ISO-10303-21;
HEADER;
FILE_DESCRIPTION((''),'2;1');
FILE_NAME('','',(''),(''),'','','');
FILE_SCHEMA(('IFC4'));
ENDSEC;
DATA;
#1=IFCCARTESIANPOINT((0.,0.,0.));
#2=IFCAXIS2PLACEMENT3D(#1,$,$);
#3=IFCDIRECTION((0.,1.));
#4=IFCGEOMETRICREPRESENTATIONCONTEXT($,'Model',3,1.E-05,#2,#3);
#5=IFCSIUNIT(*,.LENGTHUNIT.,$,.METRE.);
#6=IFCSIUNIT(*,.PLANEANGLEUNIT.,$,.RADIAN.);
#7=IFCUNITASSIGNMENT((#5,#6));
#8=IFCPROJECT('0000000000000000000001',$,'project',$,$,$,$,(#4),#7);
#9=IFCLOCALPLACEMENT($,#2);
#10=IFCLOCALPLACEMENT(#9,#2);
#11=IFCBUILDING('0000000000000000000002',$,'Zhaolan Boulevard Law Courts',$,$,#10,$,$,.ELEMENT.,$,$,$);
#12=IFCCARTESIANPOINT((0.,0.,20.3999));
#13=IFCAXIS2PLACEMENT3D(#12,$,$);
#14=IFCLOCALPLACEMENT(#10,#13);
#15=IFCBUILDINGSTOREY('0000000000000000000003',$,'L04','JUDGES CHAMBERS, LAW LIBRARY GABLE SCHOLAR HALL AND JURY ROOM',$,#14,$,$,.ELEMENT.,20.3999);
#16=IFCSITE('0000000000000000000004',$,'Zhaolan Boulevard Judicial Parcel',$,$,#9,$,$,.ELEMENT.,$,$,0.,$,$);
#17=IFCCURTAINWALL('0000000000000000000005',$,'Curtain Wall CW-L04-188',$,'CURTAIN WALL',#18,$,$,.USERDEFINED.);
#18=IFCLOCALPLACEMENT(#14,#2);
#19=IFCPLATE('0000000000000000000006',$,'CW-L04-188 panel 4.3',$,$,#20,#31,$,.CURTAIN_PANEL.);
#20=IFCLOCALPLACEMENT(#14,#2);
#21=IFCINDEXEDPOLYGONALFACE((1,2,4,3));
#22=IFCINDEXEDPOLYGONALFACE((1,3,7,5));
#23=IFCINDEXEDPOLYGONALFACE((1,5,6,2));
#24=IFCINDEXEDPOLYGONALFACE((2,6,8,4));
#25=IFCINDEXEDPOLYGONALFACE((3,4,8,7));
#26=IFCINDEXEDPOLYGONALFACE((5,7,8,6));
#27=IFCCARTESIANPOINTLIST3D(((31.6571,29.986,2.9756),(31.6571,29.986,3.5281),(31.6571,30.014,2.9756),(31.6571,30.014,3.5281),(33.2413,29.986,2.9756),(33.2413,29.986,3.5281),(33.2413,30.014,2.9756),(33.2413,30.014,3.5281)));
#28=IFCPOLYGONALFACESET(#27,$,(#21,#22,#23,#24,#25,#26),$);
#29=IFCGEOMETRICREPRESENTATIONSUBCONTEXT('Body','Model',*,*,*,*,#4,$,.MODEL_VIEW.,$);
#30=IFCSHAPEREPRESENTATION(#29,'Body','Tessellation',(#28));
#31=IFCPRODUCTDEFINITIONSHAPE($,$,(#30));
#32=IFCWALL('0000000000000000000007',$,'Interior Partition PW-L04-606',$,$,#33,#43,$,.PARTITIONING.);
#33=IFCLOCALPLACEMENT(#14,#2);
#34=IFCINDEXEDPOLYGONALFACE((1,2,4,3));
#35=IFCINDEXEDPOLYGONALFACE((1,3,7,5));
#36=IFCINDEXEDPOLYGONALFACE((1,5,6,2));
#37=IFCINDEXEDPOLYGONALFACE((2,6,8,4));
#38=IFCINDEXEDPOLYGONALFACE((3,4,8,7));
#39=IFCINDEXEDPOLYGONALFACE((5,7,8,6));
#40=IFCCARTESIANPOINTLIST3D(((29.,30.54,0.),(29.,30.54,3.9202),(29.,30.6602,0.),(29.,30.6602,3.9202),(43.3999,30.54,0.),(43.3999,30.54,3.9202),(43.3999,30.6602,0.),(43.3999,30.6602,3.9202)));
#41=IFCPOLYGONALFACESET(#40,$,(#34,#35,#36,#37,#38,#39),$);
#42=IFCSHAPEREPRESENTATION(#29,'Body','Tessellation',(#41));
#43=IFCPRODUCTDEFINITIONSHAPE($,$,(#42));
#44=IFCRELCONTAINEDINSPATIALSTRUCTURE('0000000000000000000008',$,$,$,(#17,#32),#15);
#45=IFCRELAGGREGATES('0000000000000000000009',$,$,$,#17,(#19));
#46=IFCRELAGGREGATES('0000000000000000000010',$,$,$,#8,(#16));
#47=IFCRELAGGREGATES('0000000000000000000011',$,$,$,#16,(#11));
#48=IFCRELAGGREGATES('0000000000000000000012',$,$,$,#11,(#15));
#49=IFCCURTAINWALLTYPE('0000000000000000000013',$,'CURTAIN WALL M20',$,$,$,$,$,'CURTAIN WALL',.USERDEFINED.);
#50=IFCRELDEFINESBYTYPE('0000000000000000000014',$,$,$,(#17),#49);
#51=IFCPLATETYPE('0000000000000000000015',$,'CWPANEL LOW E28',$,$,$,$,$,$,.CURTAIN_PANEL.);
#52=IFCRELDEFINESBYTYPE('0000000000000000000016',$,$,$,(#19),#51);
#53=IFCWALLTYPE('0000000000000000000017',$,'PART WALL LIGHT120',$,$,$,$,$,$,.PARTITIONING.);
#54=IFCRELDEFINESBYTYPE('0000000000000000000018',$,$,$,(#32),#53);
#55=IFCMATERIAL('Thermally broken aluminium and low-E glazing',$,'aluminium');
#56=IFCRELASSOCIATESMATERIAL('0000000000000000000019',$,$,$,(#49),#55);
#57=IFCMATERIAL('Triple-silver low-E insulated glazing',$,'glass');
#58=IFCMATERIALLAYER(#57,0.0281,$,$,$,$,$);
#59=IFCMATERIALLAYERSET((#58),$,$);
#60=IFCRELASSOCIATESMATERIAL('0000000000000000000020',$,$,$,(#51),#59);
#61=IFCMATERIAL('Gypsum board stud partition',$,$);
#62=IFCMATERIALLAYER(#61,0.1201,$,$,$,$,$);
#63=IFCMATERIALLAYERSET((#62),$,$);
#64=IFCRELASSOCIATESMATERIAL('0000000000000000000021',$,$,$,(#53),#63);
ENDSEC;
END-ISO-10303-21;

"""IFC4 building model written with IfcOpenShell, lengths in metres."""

from ifc_helpers import new_model, si_unit, direction, frame, frame_2d, origin, origin_2d, place, context, subcontext, project, spatial, rectangle, extrude, material, layer, layer_set, type_object, element, aggregate, save


model = new_model("IFC4")

# Units and contexts
model_context = context("Model", 3, precision=1e-05, world=origin(), true_north=direction((0.0, 1.0)))
body_context = subcontext(model_context, "Body", "Model", "MODEL_VIEW")
ifc_project = project(units=[si_unit("LENGTHUNIT", "METRE"), si_unit("PLANEANGLEUNIT", "RADIAN")], contexts=[model_context])

# Site, building, storey
site_placement = place(None, origin())
site = spatial("IfcSite", under=ifc_project, at=site_placement, Name="Zhaolan Boulevard Judicial Parcel", CompositionType="ELEMENT", RefElevation=0.0)
building_placement = place(site_placement, origin())
building = spatial("IfcBuilding", under=site, at=building_placement, Name="Zhaolan Boulevard Law Courts", CompositionType="ELEMENT")
storey_placement = place(building_placement, frame((0.0, 0.0, 20.3999)))
storey = spatial("IfcBuildingStorey", under=building, at=storey_placement, Name="L04", Description="JUDGES CHAMBERS, LAW LIBRARY GABLE SCHOLAR HALL AND JURY ROOM", CompositionType="ELEMENT", Elevation=20.3999)

# Curtain wall
ifc_material_1 = material(Name="Thermally broken aluminium and low-E glazing", Category="aluminium")
curtain_wall_type = type_object("IfcCurtainWallType", Name="CURTAIN WALL M20", ElementType="CURTAIN WALL", PredefinedType="USERDEFINED", material=ifc_material_1)
curtain_wall_placement = place(storey_placement, origin())
curtain_wall = element("IfcCurtainWall", 1, at=curtain_wall_placement, inside=storey, type_object=curtain_wall_type, Name="Curtain Wall CW-L04-188", ObjectType="CURTAIN WALL", PredefinedType="USERDEFINED")

# Plate
ifc_material_2 = material(Name="Triple-silver low-E insulated glazing", Category="glass")
ifc_layer_1 = layer(ifc_material_2, 0.0281)
ifc_layer_set_1 = layer_set([ifc_layer_1])
plate_type = type_object("IfcPlateType", Name="CWPANEL LOW E28", PredefinedType="CURTAIN_PANEL", material=ifc_layer_set_1)
plate_1_placement = place(storey_placement, frame((32.4492, 30.0, 2.9756), z_axis=(0.0, 0.0, 1.0), x_axis=(1.0, 0.0, 0.0)))
plate_1 = element("IfcPlate", 2, at=plate_1_placement, type_object=plate_type, Name="CW-L04-188 panel 4.3", PredefinedType="CURTAIN_PANEL", context=body_context, shape_type="SweptSolid", body=[
    extrude(rectangle(XDim=1.5842, YDim=0.0281, at=origin_2d()), origin(), (0.0, 0.0, 1.0), 0.5525),
])
aggregate(curtain_wall, [plate_1])

# Wall
ifc_material_3 = material(Name="Gypsum board stud partition")
ifc_layer_2 = layer(ifc_material_3, 0.1201)
ifc_layer_set_2 = layer_set([ifc_layer_2])
wall_type = type_object("IfcWallType", Name="PART WALL LIGHT120", PredefinedType="PARTITIONING", material=ifc_layer_set_2)
wall_placement = place(storey_placement, frame((29.0, 30.6001, 0.0), z_axis=(0.0, 0.0, 1.0), x_axis=(1.0, 0.0, 0.0)))
element("IfcWall", 3, at=wall_placement, inside=storey, type_object=wall_type, Name="Interior Partition PW-L04-606", PredefinedType="PARTITIONING", context=body_context, shape_type="SweptSolid", body=[
    extrude(rectangle(XDim=14.3999, YDim=0.1201, at=frame_2d((7.2, 0.0))), origin(), (0.0, 0.0, 1.0), 3.9202),
])

save(model, "model.ifc")
